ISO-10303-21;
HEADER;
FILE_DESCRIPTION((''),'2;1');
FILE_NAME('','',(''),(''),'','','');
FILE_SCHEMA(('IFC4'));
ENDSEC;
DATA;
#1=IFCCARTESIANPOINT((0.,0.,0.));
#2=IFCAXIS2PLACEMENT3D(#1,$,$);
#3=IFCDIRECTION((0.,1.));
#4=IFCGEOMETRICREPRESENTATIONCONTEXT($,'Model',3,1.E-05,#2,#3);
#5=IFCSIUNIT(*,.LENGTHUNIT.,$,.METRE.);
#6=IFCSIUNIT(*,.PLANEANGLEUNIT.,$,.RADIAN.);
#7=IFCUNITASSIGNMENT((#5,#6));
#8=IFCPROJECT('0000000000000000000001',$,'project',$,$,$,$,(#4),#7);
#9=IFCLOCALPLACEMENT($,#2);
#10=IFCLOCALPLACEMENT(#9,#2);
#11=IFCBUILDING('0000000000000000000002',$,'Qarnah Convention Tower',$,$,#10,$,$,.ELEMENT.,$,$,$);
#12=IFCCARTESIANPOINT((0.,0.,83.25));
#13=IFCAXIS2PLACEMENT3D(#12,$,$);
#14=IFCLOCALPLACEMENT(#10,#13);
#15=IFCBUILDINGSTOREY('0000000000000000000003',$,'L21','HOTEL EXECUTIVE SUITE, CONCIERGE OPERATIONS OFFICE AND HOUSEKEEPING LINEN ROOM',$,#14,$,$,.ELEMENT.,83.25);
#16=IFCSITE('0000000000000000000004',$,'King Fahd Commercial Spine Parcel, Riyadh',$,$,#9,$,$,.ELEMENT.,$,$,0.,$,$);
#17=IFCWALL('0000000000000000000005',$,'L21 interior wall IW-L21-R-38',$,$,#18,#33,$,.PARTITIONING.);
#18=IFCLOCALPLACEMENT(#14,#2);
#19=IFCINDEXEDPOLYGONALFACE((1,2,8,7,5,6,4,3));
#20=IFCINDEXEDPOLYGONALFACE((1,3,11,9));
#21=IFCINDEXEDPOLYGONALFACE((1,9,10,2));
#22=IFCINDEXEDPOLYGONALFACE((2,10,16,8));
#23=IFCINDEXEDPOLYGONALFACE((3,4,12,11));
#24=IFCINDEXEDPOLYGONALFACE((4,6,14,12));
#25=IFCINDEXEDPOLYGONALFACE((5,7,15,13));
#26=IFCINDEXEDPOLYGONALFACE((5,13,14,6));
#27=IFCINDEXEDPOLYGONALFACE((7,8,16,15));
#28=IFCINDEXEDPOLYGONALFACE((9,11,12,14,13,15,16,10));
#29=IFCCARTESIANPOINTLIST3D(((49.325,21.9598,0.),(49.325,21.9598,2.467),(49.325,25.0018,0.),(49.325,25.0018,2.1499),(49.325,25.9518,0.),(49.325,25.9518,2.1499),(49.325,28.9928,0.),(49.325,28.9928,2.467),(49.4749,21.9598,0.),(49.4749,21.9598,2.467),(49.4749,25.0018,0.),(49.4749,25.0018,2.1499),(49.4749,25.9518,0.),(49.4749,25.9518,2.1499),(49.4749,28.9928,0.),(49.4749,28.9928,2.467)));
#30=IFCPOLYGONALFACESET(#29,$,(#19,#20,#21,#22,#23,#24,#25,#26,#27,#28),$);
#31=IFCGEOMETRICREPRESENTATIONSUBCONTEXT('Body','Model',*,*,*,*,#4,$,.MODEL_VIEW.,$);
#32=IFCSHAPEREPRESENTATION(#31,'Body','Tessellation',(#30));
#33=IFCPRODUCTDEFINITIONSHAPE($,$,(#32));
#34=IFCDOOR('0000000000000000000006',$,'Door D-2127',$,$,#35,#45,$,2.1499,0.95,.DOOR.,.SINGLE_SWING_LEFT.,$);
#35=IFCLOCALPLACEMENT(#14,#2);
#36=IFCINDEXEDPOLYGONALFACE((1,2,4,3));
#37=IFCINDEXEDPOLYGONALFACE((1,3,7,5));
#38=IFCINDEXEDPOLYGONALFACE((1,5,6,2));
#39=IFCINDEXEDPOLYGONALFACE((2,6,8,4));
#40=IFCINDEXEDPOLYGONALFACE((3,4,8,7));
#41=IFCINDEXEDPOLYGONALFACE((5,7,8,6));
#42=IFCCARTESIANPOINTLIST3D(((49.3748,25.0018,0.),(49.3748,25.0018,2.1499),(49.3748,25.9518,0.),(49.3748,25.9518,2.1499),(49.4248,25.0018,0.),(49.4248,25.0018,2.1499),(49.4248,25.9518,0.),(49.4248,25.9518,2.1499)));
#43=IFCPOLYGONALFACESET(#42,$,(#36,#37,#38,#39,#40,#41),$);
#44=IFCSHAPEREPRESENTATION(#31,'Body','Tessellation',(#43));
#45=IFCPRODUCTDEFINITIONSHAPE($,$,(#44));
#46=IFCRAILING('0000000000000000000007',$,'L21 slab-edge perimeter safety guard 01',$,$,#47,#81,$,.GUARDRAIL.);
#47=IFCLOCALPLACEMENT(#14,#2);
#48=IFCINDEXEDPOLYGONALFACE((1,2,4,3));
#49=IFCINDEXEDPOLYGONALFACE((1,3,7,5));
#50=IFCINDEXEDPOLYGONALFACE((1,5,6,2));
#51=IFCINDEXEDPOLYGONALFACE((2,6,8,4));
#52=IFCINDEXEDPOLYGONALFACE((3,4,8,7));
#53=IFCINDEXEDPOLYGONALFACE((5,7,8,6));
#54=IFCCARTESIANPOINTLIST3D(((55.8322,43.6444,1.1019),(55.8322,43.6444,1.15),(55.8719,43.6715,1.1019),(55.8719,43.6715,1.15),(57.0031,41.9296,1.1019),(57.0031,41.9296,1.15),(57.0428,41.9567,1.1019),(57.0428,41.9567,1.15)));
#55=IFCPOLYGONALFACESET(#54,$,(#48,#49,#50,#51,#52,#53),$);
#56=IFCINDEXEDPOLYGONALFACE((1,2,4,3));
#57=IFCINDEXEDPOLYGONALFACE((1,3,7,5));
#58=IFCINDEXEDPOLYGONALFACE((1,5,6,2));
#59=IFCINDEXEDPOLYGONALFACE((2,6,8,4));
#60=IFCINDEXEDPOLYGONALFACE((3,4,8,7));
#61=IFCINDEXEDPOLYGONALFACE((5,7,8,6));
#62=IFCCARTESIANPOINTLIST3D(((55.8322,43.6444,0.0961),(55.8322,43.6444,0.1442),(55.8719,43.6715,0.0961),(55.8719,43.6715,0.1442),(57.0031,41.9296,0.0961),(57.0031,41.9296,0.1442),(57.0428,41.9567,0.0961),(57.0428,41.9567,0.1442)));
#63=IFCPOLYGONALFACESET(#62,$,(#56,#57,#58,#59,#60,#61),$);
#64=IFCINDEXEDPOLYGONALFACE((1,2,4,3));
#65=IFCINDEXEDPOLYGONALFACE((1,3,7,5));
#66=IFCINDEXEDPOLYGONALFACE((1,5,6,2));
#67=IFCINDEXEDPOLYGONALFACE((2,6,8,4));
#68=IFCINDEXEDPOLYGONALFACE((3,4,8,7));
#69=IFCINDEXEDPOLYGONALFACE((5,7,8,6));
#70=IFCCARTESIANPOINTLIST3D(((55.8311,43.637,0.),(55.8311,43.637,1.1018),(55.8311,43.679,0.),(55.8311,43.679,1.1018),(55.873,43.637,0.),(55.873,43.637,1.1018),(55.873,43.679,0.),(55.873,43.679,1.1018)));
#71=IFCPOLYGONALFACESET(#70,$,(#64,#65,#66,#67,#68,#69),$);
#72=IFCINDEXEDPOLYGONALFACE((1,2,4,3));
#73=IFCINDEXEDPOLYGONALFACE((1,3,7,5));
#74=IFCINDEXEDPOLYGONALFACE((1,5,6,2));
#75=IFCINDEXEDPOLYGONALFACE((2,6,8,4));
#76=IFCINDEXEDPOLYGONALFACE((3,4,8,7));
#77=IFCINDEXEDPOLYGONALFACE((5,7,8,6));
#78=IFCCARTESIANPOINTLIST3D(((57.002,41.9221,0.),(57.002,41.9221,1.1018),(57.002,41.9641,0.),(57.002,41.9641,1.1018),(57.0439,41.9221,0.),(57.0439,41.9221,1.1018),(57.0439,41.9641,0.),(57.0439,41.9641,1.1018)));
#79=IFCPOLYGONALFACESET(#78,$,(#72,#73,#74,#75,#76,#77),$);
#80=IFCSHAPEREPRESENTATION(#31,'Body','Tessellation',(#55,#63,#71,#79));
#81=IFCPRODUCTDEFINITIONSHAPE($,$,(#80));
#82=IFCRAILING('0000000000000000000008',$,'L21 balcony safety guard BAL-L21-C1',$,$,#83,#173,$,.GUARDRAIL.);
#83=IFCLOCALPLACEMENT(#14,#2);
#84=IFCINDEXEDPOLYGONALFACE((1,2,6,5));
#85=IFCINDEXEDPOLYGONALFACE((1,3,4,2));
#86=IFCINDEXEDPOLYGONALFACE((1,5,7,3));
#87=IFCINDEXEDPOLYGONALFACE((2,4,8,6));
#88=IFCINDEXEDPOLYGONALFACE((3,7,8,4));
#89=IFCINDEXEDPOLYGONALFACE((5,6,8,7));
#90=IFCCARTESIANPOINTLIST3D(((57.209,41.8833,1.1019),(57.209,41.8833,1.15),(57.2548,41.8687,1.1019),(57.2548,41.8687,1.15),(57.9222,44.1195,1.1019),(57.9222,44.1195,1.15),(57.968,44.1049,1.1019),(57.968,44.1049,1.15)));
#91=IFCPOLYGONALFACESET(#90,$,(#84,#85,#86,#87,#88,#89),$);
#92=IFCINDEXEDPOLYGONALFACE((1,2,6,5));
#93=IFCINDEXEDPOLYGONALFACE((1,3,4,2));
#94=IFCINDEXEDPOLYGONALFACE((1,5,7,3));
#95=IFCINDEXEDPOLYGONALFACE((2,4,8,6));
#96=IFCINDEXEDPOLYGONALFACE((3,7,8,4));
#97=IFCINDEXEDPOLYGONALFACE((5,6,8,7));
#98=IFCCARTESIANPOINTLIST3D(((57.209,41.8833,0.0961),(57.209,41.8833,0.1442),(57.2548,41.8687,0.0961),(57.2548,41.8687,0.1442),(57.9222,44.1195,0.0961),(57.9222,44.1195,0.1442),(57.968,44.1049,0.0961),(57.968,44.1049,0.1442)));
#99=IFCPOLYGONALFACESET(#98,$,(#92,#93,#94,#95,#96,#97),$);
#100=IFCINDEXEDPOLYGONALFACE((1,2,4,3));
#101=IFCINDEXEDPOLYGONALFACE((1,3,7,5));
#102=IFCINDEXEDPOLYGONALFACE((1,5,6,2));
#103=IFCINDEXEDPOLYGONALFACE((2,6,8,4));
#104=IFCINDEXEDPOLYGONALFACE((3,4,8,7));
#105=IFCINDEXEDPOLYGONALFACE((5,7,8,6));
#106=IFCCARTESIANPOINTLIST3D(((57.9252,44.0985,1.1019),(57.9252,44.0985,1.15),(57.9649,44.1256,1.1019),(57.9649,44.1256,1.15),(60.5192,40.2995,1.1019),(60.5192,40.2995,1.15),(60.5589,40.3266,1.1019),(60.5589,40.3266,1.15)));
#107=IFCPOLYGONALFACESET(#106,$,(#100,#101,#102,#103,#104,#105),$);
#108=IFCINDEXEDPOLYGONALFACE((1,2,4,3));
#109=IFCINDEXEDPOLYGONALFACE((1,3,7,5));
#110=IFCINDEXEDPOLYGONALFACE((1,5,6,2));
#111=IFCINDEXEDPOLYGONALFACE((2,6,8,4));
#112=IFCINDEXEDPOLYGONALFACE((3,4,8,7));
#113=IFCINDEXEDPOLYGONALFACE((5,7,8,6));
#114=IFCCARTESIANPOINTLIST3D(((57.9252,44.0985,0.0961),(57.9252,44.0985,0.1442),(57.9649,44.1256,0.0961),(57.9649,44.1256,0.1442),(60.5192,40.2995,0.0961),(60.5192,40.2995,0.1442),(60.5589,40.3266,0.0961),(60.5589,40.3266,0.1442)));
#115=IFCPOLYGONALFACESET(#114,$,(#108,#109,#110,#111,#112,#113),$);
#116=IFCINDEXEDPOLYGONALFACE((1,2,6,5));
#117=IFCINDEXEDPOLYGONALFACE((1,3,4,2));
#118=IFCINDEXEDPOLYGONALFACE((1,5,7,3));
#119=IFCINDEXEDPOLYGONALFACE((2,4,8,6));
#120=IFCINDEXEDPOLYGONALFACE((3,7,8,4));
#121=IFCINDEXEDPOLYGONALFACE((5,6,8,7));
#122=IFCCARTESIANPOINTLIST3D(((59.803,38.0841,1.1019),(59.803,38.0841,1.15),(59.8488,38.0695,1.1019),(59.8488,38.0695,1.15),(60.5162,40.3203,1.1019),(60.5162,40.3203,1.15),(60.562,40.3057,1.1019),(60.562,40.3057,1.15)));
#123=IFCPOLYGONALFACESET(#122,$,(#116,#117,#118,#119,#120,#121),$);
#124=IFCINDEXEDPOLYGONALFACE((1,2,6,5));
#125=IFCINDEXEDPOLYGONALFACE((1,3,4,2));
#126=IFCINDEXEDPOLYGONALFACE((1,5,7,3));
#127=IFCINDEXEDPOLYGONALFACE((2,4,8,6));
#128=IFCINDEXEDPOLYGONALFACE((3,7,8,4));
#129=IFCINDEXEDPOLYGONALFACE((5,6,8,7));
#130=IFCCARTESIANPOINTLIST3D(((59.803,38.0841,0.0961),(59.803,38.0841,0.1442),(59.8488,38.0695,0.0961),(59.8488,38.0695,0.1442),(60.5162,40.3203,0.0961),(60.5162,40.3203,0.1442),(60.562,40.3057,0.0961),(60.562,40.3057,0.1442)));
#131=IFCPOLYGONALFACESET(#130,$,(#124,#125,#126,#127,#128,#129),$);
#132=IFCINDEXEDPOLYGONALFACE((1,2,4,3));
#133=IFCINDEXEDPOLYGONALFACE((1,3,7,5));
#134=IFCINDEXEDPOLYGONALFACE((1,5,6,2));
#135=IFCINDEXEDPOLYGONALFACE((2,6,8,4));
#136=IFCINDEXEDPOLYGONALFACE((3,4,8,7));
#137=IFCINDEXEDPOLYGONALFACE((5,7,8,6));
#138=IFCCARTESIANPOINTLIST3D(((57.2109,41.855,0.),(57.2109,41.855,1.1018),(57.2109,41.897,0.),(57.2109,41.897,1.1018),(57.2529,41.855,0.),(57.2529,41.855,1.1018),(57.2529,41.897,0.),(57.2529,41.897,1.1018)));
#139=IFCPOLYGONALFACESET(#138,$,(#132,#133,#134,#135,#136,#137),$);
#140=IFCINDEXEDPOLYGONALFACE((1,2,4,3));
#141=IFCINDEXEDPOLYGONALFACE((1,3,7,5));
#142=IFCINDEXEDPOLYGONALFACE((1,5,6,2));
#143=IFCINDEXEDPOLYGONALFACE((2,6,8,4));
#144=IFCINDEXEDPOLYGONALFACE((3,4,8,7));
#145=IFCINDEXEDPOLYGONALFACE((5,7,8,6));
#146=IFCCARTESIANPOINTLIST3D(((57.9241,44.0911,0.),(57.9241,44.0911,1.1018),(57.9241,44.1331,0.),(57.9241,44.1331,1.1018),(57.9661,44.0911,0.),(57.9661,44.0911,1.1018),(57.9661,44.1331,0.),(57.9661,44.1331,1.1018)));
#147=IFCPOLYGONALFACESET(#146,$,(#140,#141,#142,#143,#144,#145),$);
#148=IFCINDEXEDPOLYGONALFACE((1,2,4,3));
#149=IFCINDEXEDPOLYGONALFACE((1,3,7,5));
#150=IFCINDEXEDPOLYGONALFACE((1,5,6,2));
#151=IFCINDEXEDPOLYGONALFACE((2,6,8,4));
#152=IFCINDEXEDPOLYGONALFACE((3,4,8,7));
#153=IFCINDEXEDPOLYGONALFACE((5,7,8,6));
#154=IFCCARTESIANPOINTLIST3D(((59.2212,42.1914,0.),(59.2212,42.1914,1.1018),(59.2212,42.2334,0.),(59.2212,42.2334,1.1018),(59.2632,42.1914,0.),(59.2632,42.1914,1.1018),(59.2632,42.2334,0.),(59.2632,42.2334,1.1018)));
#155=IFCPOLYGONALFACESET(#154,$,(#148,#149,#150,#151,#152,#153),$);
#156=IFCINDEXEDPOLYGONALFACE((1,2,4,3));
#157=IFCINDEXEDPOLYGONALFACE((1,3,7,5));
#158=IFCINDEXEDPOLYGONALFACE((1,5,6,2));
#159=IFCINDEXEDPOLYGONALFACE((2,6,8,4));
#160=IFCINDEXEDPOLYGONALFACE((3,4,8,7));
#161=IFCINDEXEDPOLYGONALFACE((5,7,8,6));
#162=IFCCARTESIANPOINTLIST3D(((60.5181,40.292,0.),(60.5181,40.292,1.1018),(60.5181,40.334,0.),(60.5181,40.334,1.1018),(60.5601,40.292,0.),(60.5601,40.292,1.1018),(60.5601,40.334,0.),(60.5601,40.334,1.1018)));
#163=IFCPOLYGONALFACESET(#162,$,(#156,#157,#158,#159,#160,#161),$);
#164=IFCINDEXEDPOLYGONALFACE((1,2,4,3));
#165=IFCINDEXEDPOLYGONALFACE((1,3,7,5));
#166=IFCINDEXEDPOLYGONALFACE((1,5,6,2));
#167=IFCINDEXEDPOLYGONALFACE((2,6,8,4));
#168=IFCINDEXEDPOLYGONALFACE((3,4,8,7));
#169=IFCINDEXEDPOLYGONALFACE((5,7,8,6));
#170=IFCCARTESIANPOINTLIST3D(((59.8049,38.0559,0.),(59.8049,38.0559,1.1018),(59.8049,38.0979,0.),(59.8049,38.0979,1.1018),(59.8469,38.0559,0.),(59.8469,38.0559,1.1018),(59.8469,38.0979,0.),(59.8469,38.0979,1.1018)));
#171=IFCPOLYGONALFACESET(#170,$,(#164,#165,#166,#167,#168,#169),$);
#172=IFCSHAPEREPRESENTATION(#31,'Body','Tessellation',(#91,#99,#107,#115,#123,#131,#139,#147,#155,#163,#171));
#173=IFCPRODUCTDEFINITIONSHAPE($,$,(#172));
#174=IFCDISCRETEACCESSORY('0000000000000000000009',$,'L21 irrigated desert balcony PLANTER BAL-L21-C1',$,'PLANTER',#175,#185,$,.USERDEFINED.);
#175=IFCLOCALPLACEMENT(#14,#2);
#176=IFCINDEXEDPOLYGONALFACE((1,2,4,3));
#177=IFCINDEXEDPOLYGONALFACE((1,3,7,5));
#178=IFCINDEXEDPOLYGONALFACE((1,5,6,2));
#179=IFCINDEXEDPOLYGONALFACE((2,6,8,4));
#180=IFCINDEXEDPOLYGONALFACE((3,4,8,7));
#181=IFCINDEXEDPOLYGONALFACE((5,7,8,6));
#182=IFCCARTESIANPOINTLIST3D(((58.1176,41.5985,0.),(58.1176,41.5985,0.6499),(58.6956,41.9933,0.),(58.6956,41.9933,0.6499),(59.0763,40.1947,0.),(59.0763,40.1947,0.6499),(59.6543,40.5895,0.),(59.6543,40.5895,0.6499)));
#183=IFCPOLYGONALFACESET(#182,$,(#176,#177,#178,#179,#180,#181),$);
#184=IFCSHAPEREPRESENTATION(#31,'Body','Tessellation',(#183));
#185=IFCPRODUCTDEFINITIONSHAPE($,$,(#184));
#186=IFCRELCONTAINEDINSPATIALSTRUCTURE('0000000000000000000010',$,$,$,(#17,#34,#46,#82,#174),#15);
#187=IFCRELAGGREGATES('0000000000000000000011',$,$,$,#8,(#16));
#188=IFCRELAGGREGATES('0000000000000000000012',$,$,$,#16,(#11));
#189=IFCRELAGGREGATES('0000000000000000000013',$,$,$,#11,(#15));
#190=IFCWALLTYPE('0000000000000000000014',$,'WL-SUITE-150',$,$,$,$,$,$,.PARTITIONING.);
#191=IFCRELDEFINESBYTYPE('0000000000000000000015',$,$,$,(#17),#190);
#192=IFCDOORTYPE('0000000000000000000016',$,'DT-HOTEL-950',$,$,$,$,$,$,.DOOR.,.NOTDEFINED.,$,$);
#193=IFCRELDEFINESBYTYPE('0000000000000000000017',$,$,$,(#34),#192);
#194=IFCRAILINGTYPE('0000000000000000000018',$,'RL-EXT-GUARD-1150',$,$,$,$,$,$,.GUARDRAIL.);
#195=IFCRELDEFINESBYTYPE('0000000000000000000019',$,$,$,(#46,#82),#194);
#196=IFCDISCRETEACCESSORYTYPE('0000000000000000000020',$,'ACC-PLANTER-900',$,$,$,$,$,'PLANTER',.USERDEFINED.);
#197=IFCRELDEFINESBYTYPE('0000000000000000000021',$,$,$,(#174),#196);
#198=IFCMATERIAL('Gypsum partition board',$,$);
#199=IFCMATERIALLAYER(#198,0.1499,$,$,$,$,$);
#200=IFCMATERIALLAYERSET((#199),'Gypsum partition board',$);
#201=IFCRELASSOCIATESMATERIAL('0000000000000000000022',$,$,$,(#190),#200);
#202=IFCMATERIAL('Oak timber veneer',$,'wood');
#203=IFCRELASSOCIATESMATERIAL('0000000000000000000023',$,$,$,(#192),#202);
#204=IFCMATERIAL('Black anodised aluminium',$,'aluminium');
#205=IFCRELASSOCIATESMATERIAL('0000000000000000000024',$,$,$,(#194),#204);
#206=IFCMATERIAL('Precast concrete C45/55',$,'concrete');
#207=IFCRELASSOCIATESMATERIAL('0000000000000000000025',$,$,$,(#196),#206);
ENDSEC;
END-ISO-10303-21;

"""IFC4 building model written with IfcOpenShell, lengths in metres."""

from ifc_helpers import new_model, si_unit, direction, frame, frame_2d, origin, origin_2d, place, context, subcontext, project, spatial, rectangle, extrude, material, layer, layer_set, type_object, element, fill, save


model = new_model("IFC4")

# Units and contexts
model_context = context("Model", 3, precision=1e-05, world=origin(), true_north=direction((0.0, 1.0)))
body_context = subcontext(model_context, "Body", "Model", "MODEL_VIEW")
ifc_project = project(units=[si_unit("LENGTHUNIT", "METRE"), si_unit("PLANEANGLEUNIT", "RADIAN")], contexts=[model_context])

# Site, building, storey
site_placement = place(None, origin())
site = spatial("IfcSite", under=ifc_project, at=site_placement, Name="King Fahd Commercial Spine Parcel, Riyadh", CompositionType="ELEMENT", RefElevation=0.0)
building_placement = place(site_placement, origin())
building = spatial("IfcBuilding", under=site, at=building_placement, Name="Qarnah Convention Tower", CompositionType="ELEMENT")
storey_placement = place(building_placement, frame((0.0, 0.0, 83.25)))
storey = spatial("IfcBuildingStorey", under=building, at=storey_placement, Name="L21", Description="HOTEL EXECUTIVE SUITE, CONCIERGE OPERATIONS OFFICE AND HOUSEKEEPING LINEN ROOM", CompositionType="ELEMENT", Elevation=83.25)

# Shared definitions
ifc_material_1 = material(Name="Black anodised aluminium", Category="aluminium")

# Shared definitions
ifc_material_2 = material(Name="Precast concrete C45/55", Category="concrete")

# Shared definitions
ifc_material_3 = material(Name="Gypsum partition board")
ifc_layer_1 = layer(ifc_material_3, 0.1499)
ifc_layer_set_1 = layer_set([ifc_layer_1], Name="Gypsum partition board")
wall_type_1 = type_object("IfcWallType", Name="WL-SUITE-150", PredefinedType="PARTITIONING", material=ifc_layer_set_1)

# Wall, opening, door
wall_1_placement = place(storey_placement, frame((49.3999, 28.9929, 0.0), z_axis=(0.0, 0.0, 1.0), x_axis=(0.0, -1.0, 0.0)))
wall_1 = element("IfcWall", 1, at=wall_1_placement, inside=storey, type_object=wall_type_1, Name="L21 interior wall IW-L21-R-38", PredefinedType="PARTITIONING", context=body_context, shape_type="SweptSolid", body=[
    extrude(rectangle(XDim=7.033, YDim=0.1499, at=frame_2d((3.5166, 0.0))), origin(), (0.0, 0.0, 1.0), 2.467),
])
opening_1_placement = place(wall_1_placement, frame((3.041, 0.0, 0.0)))
opening_1 = element("IfcOpeningElement", 2, at=opening_1_placement, cuts=wall_1, PredefinedType="OPENING", context=body_context, shape_type="SweptSolid", body=[
    extrude(rectangle(XDim=0.95, YDim=2.1499, at=frame_2d((0.4751, 1.075))), frame((0.0, 0.085, 0.0), z_axis=(0.0, -1.0, 0.0), x_axis=(1.0, 0.0, 0.0)), (0.0, 0.0, 1.0), 0.1699),
])
ifc_material_4 = material(Name="Oak timber veneer", Category="wood")
door_type_1 = type_object("IfcDoorType", Name="DT-HOTEL-950", OperationType="NOTDEFINED", PredefinedType="DOOR", material=ifc_material_4)
door_1_placement = place(opening_1_placement, origin())
door_1 = element("IfcDoor", 3, at=door_1_placement, inside=storey, type_object=door_type_1, Name="Door D-2127", OperationType="SINGLE_SWING_LEFT", OverallHeight=2.1499, OverallWidth=0.95, PredefinedType="DOOR", context=body_context, shape_type="SweptSolid", body=[
    extrude(rectangle(XDim=0.95, YDim=2.1499, at=frame_2d((0.4751, 1.075))), frame((0.0, 0.0249, 0.0), z_axis=(0.0, -1.0, 0.0), x_axis=(1.0, 0.0, 0.0)), (0.0, 0.0, 1.0), 0.05),
])
fill(opening_1, door_1)

# Railings
railing_type = type_object("IfcRailingType", Name="RL-EXT-GUARD-1150", PredefinedType="GUARDRAIL", material=ifc_material_1)
railing_1_placement = place(storey_placement, frame((55.8521, 43.658, 0.0)))
element("IfcRailing", 4, at=railing_1_placement, inside=storey, type_object=railing_type, Name="L21 slab-edge perimeter safety guard 01", PredefinedType="GUARDRAIL", context=body_context, shape_type="SweptSolid", body=[
    extrude(rectangle(XDim=0.0481, YDim=0.0481, at=origin_2d()), frame((0.0, 0.0, 1.126), z_axis=(0.563891, -0.825849, 0.0), x_axis=(0.825849, 0.563891, 0.0)), (0.0, 0.0, 1.0), 2.0764),
    extrude(rectangle(XDim=0.0481, YDim=0.0481, at=origin_2d()), frame((0.0, 0.0, 0.1201), z_axis=(0.563891, -0.825849, 0.0), x_axis=(0.825849, 0.563891, 0.0)), (0.0, 0.0, 1.0), 2.0764),
    extrude(rectangle(XDim=0.042, YDim=0.042, at=origin_2d()), origin(), (0.0, 0.0, 1.0), 1.1018),
    extrude(rectangle(XDim=0.042, YDim=0.042, at=origin_2d()), frame((1.1709, -1.7148, 0.0)), (0.0, 0.0, 1.0), 1.1018),
])
railing_2_placement = place(storey_placement, frame((57.2319, 41.876, 0.0)))
element("IfcRailing", 5, at=railing_2_placement, inside=storey, type_object=railing_type, Name="L21 balcony safety guard BAL-L21-C1", PredefinedType="GUARDRAIL", context=body_context, shape_type="SweptSolid", body=[
    extrude(rectangle(XDim=0.0481, YDim=0.0481, at=origin_2d()), frame((0.0, 0.0, 1.126), z_axis=(0.303843, 0.952722, 0.0), x_axis=(-0.952722, 0.303843, 0.0)), (0.0, 0.0, 1.0), 2.3472),
    extrude(rectangle(XDim=0.0481, YDim=0.0481, at=origin_2d()), frame((0.0, 0.0, 0.1201), z_axis=(0.303843, 0.952722, 0.0), x_axis=(-0.952722, 0.303843, 0.0)), (0.0, 0.0, 1.0), 2.3472),
    extrude(rectangle(XDim=0.0481, YDim=0.0481, at=origin_2d()), frame((0.7131, 2.2361, 1.126), z_axis=(0.563888, -0.825851, 0.0), x_axis=(0.825851, 0.563888, 0.0)), (0.0, 0.0, 1.0), 4.6001),
    extrude(rectangle(XDim=0.0481, YDim=0.0481, at=origin_2d()), frame((0.7131, 2.2361, 0.1201), z_axis=(0.563888, -0.825851, 0.0), x_axis=(0.825851, 0.563888, 0.0)), (0.0, 0.0, 1.0), 4.6001),
    extrude(rectangle(XDim=0.0481, YDim=0.0481, at=origin_2d()), frame((3.3071, -1.563, 1.126), z_axis=(-0.303843, -0.952722, 0.0), x_axis=(0.952722, -0.303843, 0.0)), (0.0, 0.0, 1.0), 2.3472),
    extrude(rectangle(XDim=0.0481, YDim=0.0481, at=origin_2d()), frame((3.3071, -1.563, 0.1201), z_axis=(-0.303843, -0.952722, 0.0), x_axis=(0.952722, -0.303843, 0.0)), (0.0, 0.0, 1.0), 2.3472),
    extrude(rectangle(XDim=0.042, YDim=0.042, at=origin_2d()), origin(), (0.0, 0.0, 1.0), 1.1018),
    extrude(rectangle(XDim=0.042, YDim=0.042, at=origin_2d()), frame((0.7131, 2.2361, 0.0)), (0.0, 0.0, 1.0), 1.1018),
    extrude(rectangle(XDim=0.042, YDim=0.042, at=origin_2d()), frame((2.0103, 0.3364, 0.0)), (0.0, 0.0, 1.0), 1.1018),
    extrude(rectangle(XDim=0.042, YDim=0.042, at=origin_2d()), frame((3.3071, -1.563, 0.0)), (0.0, 0.0, 1.0), 1.1018),
    extrude(rectangle(XDim=0.042, YDim=0.042, at=origin_2d()), frame((2.594, -3.7991, 0.0)), (0.0, 0.0, 1.0), 1.1018),
])

# Discrete accessory
discrete_accessory_type = type_object("IfcDiscreteAccessoryType", Name="ACC-PLANTER-900", ElementType="PLANTER", PredefinedType="USERDEFINED", material=ifc_material_2)
discrete_accessory_placement = place(storey_placement, frame((58.886, 41.094, 0.0), z_axis=(0.0, 0.0, 1.0), x_axis=(-0.563959, 0.825803, 0.0)))
element("IfcDiscreteAccessory", 6, at=discrete_accessory_placement, inside=storey, type_object=discrete_accessory_type, Name="L21 irrigated desert balcony PLANTER BAL-L21-C1", ObjectType="PLANTER", PredefinedType="USERDEFINED", context=body_context, shape_type="SweptSolid", body=[
    extrude(rectangle(XDim=1.7, YDim=0.7, at=origin_2d()), origin(), (0.0, 0.0, 1.0), 0.6499),
])

save(model, "model.ifc")
